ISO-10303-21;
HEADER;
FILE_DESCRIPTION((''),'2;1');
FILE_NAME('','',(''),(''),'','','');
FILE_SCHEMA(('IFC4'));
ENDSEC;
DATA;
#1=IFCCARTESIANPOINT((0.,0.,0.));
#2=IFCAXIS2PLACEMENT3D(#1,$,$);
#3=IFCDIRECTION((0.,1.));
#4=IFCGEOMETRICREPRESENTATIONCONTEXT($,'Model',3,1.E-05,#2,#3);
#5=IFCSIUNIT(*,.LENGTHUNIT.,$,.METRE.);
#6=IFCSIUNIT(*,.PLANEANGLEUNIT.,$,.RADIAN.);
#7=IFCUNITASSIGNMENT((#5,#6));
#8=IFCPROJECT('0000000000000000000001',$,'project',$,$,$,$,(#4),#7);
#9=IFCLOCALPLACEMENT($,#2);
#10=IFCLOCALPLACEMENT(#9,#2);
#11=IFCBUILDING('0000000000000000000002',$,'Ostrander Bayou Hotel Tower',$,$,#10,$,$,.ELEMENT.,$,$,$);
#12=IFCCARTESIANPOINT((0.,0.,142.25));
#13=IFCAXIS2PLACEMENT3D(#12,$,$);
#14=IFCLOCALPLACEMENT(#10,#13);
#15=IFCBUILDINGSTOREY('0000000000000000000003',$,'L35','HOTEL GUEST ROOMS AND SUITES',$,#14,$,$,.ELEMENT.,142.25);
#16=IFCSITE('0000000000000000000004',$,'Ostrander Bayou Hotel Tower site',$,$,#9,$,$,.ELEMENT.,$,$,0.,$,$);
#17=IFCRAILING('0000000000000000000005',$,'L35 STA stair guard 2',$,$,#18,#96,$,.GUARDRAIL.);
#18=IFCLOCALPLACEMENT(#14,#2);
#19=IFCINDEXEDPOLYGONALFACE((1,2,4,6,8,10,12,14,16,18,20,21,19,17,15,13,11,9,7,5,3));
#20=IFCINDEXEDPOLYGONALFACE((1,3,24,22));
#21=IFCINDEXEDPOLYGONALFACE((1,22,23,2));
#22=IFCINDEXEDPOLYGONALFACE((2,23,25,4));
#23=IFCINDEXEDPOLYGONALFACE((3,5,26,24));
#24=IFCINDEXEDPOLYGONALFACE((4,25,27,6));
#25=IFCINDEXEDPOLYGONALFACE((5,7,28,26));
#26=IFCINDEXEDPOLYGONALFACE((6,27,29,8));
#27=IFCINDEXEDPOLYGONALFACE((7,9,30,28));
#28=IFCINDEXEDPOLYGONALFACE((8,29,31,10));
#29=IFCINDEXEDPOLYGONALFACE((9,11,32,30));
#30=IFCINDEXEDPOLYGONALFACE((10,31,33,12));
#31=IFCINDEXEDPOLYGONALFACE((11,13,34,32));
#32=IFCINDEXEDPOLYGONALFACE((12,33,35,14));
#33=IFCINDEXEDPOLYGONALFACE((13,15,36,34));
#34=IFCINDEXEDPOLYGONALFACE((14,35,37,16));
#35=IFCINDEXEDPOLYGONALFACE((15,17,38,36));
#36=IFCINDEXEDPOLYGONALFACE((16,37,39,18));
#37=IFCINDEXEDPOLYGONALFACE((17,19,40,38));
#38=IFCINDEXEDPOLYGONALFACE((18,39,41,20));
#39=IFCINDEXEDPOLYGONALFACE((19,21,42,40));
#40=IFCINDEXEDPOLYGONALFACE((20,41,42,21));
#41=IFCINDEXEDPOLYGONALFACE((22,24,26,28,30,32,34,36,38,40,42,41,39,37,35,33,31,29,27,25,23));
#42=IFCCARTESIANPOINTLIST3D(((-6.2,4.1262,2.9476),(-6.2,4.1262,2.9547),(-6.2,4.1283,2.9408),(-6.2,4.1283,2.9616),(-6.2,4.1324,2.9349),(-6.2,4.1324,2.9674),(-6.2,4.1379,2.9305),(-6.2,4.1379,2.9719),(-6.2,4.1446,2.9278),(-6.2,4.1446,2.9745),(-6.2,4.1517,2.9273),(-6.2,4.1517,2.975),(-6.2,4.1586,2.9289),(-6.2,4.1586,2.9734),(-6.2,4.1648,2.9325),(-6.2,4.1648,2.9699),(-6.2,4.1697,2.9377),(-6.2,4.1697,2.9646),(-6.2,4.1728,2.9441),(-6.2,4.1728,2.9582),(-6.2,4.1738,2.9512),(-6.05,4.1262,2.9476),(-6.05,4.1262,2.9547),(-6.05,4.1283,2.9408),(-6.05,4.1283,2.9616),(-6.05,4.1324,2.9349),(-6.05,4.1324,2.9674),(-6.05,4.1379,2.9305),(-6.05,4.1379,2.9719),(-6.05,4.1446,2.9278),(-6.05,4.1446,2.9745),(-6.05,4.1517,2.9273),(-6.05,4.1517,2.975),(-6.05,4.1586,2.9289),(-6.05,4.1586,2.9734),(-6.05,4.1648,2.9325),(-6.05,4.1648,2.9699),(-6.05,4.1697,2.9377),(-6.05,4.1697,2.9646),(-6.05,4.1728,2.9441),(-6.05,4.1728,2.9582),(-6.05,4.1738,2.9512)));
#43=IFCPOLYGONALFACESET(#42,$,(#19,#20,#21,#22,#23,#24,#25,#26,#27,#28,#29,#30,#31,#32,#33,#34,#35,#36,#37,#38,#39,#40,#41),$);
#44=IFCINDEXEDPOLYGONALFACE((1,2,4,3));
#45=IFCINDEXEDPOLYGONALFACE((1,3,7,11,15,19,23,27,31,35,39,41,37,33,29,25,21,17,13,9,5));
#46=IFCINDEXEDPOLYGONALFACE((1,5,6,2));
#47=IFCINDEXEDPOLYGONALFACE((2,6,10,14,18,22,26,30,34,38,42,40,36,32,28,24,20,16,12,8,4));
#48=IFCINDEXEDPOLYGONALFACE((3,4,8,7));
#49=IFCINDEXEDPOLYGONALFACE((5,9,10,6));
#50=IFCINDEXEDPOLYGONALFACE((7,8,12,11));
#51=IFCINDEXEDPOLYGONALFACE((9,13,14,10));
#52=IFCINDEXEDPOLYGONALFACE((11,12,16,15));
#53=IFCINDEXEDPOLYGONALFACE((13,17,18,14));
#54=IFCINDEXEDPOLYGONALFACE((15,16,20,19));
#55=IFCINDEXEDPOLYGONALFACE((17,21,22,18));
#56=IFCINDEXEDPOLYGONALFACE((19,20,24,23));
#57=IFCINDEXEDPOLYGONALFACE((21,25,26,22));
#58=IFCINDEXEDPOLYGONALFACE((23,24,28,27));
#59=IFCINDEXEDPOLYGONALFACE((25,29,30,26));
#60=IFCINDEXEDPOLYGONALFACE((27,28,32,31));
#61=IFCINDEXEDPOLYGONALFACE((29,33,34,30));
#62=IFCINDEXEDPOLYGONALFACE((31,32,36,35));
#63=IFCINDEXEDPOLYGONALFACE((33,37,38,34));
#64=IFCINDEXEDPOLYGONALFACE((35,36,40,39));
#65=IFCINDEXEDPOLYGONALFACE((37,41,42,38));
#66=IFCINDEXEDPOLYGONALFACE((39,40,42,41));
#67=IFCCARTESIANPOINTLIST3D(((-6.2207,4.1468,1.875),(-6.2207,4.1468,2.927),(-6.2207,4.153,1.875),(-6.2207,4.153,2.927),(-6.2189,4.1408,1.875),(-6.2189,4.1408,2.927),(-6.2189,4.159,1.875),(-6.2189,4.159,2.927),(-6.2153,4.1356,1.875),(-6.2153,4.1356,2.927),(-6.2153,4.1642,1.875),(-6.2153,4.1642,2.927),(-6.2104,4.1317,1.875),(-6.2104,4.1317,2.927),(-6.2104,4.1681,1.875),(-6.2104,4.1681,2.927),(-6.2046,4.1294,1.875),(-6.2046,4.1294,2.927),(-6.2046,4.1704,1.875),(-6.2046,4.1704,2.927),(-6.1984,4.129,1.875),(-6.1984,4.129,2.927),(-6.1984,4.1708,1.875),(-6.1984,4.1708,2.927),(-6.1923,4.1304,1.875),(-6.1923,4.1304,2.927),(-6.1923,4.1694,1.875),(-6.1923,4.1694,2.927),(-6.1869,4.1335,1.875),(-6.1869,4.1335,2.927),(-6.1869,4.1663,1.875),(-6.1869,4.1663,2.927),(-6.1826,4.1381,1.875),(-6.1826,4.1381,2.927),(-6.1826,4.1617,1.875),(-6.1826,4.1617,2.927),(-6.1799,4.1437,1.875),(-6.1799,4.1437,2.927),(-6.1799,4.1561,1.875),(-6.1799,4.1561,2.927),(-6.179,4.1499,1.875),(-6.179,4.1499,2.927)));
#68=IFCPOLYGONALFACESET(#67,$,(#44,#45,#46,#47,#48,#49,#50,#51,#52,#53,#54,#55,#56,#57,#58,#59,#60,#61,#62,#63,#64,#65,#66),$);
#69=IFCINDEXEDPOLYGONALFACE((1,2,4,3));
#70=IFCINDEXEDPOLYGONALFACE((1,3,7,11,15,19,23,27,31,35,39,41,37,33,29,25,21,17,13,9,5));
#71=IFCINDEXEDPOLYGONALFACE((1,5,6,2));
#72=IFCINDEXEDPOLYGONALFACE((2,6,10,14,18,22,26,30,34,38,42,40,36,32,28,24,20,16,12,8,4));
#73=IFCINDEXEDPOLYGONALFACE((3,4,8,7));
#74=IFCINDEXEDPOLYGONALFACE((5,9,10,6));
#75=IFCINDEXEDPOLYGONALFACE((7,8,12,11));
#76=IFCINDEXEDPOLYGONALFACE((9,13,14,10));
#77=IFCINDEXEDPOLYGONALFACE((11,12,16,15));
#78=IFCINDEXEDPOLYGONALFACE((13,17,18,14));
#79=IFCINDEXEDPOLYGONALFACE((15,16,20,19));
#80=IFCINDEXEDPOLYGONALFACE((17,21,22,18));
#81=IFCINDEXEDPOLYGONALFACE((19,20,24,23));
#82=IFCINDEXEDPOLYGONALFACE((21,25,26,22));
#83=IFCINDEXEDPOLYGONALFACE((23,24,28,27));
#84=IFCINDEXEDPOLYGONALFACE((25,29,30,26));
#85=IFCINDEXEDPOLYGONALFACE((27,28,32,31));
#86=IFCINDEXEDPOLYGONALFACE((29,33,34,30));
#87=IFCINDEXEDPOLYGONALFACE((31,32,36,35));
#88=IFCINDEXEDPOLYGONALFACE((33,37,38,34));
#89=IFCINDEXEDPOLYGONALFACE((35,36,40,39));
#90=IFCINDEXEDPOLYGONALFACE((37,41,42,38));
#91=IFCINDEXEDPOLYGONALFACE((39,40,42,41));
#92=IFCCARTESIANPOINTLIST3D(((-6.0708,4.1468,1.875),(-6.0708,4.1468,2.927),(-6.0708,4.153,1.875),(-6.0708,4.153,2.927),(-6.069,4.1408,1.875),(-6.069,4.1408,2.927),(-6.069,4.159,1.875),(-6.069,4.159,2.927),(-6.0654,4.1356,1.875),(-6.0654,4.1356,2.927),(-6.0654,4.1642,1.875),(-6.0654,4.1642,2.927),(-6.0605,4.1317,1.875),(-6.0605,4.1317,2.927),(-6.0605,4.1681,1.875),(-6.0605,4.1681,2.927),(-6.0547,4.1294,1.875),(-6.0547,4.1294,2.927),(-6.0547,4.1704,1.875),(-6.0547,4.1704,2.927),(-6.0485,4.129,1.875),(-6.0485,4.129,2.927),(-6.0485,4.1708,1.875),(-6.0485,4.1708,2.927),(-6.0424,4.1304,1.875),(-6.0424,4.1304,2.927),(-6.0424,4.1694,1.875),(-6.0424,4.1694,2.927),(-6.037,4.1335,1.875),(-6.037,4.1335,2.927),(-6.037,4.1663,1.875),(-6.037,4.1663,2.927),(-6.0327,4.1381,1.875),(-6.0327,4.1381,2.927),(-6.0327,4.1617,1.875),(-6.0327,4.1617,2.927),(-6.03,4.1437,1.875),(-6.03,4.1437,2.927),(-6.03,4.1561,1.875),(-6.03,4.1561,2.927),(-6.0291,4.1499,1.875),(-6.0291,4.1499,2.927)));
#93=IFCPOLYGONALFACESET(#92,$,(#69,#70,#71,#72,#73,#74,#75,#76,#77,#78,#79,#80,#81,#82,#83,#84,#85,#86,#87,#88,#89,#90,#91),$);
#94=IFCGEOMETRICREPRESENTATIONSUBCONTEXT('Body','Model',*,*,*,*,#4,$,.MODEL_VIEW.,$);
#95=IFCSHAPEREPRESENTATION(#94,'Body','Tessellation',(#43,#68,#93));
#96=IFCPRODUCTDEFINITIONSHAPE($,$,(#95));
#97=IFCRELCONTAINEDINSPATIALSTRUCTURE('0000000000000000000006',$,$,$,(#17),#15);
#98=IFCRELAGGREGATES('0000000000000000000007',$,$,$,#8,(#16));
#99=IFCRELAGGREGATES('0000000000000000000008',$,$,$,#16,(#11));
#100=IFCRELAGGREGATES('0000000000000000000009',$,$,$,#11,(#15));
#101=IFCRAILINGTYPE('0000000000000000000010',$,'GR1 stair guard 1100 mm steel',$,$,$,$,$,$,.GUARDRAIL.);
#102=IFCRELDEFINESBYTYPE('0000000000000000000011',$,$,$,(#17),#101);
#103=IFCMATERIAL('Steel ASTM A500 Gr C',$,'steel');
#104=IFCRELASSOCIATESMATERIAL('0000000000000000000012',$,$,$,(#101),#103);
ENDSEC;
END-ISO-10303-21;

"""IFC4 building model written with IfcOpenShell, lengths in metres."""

from ifc_helpers import new_model, si_unit, direction, frame, origin, origin_2d, place, context, subcontext, project, spatial, circle, extrude, material, type_object, element, save


model = new_model("IFC4")

# Units and contexts
model_context = context("Model", 3, precision=1e-05, world=origin(), true_north=direction((0.0, 1.0)))
body_context = subcontext(model_context, "Body", "Model", "MODEL_VIEW")
ifc_project = project(units=[si_unit("LENGTHUNIT", "METRE"), si_unit("PLANEANGLEUNIT", "RADIAN")], contexts=[model_context])

# Site, building, storey
site_placement = place(None, origin())
site = spatial("IfcSite", under=ifc_project, at=site_placement, Name="Ostrander Bayou Hotel Tower site", CompositionType="ELEMENT", RefElevation=0.0)
building_placement = place(site_placement, origin())
building = spatial("IfcBuilding", under=site, at=building_placement, Name="Ostrander Bayou Hotel Tower", CompositionType="ELEMENT")
storey_placement = place(building_placement, frame((0.0, 0.0, 142.25)))
storey = spatial("IfcBuildingStorey", under=building, at=storey_placement, Name="L35", Description="HOTEL GUEST ROOMS AND SUITES", CompositionType="ELEMENT", Elevation=142.25)

# Railing
ifc_material_1 = material(Name="Steel ASTM A500 Gr C", Category="steel")
railing_type_1 = type_object("IfcRailingType", Name="GR1 stair guard 1100 mm steel", PredefinedType="GUARDRAIL", material=ifc_material_1)
railing_1_placement = place(storey_placement, frame((-6.2, 4.1499, 1.875)))
element("IfcRailing", 1, at=railing_1_placement, inside=storey, type_object=railing_type_1, Name="L35 STA stair guard 2", PredefinedType="GUARDRAIL", context=body_context, shape_type="SweptSolid", body=[
    extrude(circle(Radius=0.0239, at=origin_2d()), frame((0.0, 0.0, 1.0762), z_axis=(1.0, 0.0, 0.0), x_axis=(0.0, 1.0, 0.0)), (0.0, 0.0, 1.0), 0.1499),
    extrude(circle(Radius=0.021, at=origin_2d()), origin(), (0.0, 0.0, 1.0), 1.052),
    extrude(circle(Radius=0.021, at=origin_2d()), frame((0.1499, 0.0, 0.0)), (0.0, 0.0, 1.0), 1.052),
])

save(model, "model.ifc")
